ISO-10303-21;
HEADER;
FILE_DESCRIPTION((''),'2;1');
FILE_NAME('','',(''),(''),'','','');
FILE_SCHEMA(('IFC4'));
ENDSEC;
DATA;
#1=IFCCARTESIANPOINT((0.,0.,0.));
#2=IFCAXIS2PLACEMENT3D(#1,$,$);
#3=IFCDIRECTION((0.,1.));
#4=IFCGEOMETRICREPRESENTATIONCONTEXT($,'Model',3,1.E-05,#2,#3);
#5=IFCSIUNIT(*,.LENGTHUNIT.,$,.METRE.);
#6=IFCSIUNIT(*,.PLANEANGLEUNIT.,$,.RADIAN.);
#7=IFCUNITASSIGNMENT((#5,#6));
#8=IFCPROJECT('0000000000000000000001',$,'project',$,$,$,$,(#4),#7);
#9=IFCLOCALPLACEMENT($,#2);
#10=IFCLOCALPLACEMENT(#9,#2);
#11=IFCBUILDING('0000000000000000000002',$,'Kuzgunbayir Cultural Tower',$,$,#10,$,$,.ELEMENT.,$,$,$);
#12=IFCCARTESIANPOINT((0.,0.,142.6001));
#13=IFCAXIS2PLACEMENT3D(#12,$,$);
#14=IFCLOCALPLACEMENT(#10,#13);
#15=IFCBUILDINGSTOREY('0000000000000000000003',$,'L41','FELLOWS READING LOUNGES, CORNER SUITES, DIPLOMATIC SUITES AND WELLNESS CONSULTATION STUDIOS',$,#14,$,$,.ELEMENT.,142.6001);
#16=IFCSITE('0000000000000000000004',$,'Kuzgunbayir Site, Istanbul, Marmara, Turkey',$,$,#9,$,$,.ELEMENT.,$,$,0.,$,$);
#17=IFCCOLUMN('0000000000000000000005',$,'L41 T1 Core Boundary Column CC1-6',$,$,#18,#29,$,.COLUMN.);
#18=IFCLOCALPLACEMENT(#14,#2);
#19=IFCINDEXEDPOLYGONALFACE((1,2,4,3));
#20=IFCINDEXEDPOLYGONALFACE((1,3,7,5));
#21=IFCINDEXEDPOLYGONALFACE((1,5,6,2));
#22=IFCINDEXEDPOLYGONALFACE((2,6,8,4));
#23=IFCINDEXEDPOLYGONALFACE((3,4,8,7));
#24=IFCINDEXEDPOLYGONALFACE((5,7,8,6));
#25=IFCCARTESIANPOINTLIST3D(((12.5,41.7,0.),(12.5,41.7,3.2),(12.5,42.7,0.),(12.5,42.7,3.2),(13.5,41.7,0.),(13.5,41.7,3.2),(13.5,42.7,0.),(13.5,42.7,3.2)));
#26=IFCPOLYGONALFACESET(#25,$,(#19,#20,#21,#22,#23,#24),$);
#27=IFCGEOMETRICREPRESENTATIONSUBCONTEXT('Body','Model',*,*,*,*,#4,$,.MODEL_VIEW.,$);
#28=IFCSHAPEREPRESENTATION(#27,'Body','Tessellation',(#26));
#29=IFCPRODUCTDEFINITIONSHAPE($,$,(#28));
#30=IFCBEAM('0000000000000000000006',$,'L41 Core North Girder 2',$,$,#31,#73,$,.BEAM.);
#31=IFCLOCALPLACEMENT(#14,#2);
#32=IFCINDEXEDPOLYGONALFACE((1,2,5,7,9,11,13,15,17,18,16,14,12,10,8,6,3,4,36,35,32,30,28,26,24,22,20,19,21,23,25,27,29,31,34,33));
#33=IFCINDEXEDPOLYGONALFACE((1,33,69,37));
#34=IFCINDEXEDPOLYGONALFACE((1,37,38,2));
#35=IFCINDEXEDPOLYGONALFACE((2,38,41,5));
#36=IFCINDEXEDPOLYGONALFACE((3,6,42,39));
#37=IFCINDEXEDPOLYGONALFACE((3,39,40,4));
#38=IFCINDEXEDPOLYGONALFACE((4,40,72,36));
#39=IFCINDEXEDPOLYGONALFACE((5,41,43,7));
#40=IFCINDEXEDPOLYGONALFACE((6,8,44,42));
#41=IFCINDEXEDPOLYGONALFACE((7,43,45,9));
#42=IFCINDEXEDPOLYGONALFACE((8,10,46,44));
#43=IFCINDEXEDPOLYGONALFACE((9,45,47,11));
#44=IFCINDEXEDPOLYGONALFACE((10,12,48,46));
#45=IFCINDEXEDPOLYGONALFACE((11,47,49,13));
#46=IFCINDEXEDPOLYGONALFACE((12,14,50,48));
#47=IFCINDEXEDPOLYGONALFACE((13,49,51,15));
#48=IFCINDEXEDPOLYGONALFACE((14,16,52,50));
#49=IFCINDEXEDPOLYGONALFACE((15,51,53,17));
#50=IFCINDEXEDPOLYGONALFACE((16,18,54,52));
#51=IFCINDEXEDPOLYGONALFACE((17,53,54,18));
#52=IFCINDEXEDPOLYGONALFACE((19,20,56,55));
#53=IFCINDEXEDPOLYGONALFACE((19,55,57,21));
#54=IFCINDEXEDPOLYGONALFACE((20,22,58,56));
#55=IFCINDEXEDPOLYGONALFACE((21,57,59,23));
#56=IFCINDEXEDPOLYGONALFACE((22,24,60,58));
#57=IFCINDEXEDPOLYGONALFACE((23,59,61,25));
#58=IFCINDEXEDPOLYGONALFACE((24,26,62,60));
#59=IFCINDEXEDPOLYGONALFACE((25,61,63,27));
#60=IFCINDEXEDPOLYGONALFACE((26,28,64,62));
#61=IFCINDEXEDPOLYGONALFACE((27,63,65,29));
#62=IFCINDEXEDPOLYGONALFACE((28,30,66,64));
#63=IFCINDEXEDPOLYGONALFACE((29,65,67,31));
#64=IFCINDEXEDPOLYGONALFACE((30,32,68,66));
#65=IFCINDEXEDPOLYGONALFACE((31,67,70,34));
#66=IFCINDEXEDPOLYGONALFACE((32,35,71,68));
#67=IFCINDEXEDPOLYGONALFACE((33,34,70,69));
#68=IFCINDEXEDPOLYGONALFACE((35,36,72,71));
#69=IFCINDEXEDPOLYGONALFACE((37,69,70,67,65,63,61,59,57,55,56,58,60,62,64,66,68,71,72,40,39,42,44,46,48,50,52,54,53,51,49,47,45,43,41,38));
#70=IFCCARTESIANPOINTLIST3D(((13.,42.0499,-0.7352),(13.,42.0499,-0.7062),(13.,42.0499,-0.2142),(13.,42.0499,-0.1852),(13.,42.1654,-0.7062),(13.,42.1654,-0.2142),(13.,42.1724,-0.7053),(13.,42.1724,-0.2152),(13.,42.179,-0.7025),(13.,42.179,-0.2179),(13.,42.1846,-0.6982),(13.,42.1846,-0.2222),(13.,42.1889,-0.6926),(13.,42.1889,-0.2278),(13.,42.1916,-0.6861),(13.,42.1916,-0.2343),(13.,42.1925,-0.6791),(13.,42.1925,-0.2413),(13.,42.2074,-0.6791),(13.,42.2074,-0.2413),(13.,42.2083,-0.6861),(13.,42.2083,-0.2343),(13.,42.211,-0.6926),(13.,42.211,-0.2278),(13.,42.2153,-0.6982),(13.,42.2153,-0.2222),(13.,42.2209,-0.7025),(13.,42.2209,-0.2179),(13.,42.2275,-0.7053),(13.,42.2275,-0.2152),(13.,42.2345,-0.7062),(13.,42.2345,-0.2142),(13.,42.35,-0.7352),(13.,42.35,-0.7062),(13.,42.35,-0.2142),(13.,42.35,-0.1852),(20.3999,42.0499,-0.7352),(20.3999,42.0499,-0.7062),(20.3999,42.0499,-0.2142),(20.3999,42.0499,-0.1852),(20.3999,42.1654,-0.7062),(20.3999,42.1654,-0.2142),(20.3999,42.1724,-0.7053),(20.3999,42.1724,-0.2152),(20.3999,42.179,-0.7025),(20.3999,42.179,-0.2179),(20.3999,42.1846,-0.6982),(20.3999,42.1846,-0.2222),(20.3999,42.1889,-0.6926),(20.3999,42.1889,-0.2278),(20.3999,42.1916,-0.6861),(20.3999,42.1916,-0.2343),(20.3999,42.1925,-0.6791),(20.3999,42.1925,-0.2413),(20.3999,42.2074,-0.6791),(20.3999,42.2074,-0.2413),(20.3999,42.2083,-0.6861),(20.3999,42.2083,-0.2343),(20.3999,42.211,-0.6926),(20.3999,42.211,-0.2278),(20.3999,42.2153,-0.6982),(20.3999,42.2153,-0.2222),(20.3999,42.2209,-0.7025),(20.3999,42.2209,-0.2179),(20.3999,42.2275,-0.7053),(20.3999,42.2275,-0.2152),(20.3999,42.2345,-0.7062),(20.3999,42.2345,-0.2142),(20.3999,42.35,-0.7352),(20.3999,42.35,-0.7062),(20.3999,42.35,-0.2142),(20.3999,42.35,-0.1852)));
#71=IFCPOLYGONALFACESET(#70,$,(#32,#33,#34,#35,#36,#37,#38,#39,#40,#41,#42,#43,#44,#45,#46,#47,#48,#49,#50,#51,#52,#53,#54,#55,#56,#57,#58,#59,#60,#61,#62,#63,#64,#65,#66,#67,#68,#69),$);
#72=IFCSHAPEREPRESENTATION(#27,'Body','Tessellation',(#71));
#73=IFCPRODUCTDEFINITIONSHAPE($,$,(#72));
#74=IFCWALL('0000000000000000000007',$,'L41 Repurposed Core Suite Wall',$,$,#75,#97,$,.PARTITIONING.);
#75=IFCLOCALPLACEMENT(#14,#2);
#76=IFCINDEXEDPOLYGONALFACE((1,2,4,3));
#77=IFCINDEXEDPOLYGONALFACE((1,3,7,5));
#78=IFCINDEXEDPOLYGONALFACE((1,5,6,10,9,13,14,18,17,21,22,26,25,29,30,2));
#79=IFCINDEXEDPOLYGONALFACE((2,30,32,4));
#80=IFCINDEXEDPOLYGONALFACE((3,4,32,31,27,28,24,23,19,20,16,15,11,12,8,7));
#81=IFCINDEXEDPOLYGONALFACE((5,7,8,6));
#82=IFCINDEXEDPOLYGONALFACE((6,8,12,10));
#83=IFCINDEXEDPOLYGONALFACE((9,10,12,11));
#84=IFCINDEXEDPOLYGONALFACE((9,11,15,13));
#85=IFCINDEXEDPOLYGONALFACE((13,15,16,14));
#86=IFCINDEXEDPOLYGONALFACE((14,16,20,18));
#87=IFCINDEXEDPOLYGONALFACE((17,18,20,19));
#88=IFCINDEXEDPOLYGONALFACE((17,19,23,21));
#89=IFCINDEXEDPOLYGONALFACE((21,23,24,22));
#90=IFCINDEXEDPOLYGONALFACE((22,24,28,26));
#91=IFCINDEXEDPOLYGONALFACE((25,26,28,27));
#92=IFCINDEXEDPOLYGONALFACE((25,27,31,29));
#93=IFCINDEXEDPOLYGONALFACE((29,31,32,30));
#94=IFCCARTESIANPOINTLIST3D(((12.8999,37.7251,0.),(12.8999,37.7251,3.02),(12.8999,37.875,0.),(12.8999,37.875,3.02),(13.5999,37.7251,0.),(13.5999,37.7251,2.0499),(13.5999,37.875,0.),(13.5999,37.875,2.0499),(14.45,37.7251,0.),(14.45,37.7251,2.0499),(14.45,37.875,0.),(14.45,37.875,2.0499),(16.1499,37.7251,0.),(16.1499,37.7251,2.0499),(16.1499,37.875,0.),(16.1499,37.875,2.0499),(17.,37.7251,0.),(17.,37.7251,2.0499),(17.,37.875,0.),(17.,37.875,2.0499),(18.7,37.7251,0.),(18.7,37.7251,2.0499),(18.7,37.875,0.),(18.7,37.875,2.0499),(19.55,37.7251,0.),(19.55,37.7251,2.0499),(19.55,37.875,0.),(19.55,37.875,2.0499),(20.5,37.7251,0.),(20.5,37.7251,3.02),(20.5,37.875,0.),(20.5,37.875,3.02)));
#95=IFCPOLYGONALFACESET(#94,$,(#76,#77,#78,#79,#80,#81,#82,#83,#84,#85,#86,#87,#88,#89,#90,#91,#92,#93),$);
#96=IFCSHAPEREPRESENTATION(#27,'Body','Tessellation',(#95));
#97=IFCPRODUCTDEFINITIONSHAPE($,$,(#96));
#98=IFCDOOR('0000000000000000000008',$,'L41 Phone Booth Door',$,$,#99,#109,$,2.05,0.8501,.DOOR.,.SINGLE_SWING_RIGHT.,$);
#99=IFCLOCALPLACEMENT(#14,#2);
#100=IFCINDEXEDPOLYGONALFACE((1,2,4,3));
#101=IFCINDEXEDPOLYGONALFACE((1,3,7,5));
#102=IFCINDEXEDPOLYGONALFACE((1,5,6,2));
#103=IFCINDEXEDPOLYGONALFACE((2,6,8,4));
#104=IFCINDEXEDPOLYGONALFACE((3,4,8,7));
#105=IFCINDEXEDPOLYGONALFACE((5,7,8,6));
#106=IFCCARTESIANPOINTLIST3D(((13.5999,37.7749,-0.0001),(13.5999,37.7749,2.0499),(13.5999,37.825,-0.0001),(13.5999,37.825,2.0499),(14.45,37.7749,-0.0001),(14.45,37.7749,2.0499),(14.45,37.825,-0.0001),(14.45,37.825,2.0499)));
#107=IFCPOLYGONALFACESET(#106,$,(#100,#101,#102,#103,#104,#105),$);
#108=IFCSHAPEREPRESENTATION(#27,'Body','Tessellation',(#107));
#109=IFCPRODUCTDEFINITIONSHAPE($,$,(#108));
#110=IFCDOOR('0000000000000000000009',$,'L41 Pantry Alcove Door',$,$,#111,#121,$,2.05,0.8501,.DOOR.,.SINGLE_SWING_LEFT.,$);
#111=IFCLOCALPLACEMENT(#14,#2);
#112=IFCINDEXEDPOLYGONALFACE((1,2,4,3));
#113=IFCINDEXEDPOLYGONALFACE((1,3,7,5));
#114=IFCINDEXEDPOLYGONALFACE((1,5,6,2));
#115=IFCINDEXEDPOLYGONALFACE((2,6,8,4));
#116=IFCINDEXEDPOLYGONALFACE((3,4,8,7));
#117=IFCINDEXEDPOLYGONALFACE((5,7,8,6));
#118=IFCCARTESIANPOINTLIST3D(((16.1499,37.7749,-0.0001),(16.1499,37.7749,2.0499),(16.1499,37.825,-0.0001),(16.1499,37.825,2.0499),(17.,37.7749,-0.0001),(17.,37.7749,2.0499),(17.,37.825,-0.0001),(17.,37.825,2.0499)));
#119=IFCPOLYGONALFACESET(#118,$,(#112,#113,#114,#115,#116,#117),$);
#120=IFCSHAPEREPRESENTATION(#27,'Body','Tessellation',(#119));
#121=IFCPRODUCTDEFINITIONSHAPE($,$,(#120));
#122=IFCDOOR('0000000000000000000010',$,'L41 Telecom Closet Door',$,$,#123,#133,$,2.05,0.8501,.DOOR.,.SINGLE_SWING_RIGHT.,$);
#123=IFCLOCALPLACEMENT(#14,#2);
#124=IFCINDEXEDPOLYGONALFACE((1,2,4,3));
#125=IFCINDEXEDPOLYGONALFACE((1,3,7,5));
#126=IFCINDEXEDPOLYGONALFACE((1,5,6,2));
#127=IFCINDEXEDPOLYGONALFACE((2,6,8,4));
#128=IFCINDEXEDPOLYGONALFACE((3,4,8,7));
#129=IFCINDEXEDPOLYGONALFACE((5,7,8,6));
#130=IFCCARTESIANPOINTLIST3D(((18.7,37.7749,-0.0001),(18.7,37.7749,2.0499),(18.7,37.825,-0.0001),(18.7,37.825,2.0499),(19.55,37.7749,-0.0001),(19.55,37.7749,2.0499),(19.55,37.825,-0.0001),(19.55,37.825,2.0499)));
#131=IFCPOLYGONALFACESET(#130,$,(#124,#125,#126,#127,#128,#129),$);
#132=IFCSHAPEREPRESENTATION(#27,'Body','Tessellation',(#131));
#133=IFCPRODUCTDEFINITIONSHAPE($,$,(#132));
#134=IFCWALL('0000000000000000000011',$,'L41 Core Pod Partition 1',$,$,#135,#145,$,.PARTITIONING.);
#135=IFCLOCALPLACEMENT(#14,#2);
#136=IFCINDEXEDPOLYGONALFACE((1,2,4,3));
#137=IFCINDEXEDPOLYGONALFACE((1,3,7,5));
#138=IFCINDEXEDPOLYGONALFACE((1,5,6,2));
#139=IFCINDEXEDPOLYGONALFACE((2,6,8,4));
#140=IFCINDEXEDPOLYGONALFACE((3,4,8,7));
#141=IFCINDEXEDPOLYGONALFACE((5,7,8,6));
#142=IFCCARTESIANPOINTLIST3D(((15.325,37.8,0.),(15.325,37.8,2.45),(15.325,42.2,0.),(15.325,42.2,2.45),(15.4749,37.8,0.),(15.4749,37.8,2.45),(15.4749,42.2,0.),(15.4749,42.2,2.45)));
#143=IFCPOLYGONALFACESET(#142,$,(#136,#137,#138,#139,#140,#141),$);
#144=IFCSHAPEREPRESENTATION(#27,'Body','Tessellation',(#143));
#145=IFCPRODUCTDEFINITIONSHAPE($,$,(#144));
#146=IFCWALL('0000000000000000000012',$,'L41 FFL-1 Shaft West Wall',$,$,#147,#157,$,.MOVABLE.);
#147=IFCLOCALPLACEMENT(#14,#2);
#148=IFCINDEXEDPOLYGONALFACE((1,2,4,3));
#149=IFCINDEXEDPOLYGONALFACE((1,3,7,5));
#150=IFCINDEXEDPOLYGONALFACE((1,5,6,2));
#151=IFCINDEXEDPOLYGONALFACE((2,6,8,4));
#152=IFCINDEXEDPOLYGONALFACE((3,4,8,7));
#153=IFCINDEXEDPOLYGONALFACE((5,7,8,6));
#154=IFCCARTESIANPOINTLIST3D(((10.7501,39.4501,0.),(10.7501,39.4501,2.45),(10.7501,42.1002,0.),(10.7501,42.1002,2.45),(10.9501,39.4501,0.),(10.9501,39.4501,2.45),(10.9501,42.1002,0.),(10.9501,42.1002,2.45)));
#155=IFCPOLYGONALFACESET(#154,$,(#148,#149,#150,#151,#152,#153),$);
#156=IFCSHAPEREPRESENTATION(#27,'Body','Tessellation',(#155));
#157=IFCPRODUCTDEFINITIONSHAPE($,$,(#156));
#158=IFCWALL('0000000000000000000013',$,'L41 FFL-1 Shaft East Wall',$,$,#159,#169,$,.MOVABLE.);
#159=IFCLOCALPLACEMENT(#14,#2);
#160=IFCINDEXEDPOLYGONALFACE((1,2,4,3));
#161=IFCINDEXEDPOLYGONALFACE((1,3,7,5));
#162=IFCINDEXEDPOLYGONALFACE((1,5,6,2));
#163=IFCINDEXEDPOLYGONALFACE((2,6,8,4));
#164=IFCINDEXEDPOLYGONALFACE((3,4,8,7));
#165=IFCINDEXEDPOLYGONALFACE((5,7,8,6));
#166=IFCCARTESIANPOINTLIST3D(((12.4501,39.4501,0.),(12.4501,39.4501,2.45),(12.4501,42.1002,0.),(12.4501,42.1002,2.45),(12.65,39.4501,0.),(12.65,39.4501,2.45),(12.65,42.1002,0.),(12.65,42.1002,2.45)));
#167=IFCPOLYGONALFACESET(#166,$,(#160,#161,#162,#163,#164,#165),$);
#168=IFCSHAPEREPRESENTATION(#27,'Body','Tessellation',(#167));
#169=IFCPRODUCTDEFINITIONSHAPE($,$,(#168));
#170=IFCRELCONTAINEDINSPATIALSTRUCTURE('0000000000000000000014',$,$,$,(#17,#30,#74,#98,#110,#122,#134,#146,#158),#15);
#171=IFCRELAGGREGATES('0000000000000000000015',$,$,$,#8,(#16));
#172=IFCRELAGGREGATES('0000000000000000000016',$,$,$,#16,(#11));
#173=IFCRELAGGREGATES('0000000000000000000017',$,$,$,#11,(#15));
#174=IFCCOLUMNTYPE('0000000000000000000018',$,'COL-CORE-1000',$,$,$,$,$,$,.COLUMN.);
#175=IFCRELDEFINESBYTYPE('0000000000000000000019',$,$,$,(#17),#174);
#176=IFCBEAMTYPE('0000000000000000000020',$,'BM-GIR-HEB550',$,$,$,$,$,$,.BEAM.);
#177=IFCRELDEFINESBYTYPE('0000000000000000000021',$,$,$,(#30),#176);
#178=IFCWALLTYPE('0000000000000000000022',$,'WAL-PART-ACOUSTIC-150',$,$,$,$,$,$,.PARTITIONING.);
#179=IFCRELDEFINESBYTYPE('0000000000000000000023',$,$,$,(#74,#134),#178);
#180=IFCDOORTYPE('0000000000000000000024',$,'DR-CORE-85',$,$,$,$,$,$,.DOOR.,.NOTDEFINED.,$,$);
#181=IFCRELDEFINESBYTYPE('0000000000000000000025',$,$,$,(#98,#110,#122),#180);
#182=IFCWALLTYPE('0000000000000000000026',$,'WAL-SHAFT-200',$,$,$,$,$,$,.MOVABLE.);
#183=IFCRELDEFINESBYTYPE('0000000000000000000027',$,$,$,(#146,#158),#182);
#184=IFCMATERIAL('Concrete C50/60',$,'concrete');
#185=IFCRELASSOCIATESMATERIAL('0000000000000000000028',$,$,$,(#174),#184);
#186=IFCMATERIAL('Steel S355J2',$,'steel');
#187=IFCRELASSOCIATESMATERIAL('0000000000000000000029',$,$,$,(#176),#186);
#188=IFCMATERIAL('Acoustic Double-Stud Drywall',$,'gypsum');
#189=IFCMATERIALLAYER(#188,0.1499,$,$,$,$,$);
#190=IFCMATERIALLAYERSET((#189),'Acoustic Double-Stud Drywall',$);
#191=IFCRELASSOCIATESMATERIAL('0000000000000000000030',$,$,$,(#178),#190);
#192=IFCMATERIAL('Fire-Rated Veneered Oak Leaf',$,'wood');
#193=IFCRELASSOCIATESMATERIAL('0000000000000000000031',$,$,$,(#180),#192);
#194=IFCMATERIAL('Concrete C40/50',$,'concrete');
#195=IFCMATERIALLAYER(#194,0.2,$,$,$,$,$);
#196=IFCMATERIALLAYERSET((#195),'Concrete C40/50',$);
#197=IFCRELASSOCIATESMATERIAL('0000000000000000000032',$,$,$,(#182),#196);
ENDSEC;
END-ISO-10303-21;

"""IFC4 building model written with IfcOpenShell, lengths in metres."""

from ifc_helpers import new_model, si_unit, direction, frame, frame_2d, origin, origin_2d, place, context, subcontext, project, spatial, rectangle, i_section, extrude, material, layer, layer_set, material_profile, profile_set, type_object, element, fill, save


model = new_model("IFC4")

# Units and contexts
model_context = context("Model", 3, precision=1e-05, world=origin(), true_north=direction((0.0, 1.0)))
body_context = subcontext(model_context, "Body", "Model", "MODEL_VIEW")
ifc_project = project(units=[si_unit("LENGTHUNIT", "METRE"), si_unit("PLANEANGLEUNIT", "RADIAN")], contexts=[model_context])

# Site, building, storey
site_placement = place(None, origin())
site = spatial("IfcSite", under=ifc_project, at=site_placement, Name="Kuzgunbayir Site, Istanbul, Marmara, Turkey", CompositionType="ELEMENT", RefElevation=0.0)
building_placement = place(site_placement, origin())
building = spatial("IfcBuilding", under=site, at=building_placement, Name="Kuzgunbayir Cultural Tower", CompositionType="ELEMENT")
storey_placement = place(building_placement, frame((0.0, 0.0, 142.6001)))
storey = spatial("IfcBuildingStorey", under=building, at=storey_placement, Name="L41", Description="FELLOWS READING LOUNGES, CORNER SUITES, DIPLOMATIC SUITES AND WELLNESS CONSULTATION STUDIOS", CompositionType="ELEMENT", Elevation=142.6001)

# Column
ifc_material_1 = material(Name="Concrete C50/60", Category="concrete")
ifc_material_profile_1 = material_profile(ifc_material_1, rectangle(XDim=1.0, YDim=1.0, at=origin_2d()), Name="RC 1000x1000")
ifc_profile_set_1 = profile_set([ifc_material_profile_1], Name="Concrete C50/60")
column_type = type_object("IfcColumnType", Name="COL-CORE-1000", PredefinedType="COLUMN", material=ifc_profile_set_1)
column_placement = place(storey_placement, frame((13.0, 42.2, 0.0), z_axis=(0.0, 0.0, 1.0), x_axis=(1.0, 0.0, 0.0)))
element("IfcColumn", 1, at=column_placement, inside=storey, type_object=column_type, Name="L41 T1 Core Boundary Column CC1-6", PredefinedType="COLUMN", context=body_context, shape_type="SweptSolid", body=[
    extrude(rectangle(XDim=1.0, YDim=1.0, at=origin_2d()), origin(), (0.0, 0.0, 1.0), 3.2),
])

# Beam
ifc_material_2 = material(Name="Steel S355J2", Category="steel")
ifc_material_profile_2 = material_profile(ifc_material_2, i_section(OverallWidth=0.3, OverallDepth=0.55, WebThickness=0.0149, FlangeThickness=0.0291, FilletRadius=0.0271, at=origin_2d()), Name="HEB 550")
ifc_profile_set_2 = profile_set([ifc_material_profile_2], Name="Steel S355J2")
beam_type = type_object("IfcBeamType", Name="BM-GIR-HEB550", PredefinedType="BEAM", material=ifc_profile_set_2)
beam_placement = place(storey_placement, frame((13.0, 42.2, -0.4602), z_axis=(1.0, 0.0, 0.0), x_axis=(0.0, 1.0, 0.0)))
element("IfcBeam", 2, at=beam_placement, inside=storey, type_object=beam_type, Name="L41 Core North Girder 2", PredefinedType="BEAM", context=body_context, shape_type="SweptSolid", body=[
    extrude(i_section(OverallWidth=0.3, OverallDepth=0.55, WebThickness=0.0149, FlangeThickness=0.0291, FilletRadius=0.0271, at=origin_2d()), origin(), (0.0, 0.0, 1.0), 7.3999),
])

# Wall, openings, doors
ifc_material_3 = material(Name="Acoustic Double-Stud Drywall", Category="gypsum")
ifc_layer_1 = layer(ifc_material_3, 0.1499)
ifc_layer_set_1 = layer_set([ifc_layer_1], Name="Acoustic Double-Stud Drywall")
wall_type_1 = type_object("IfcWallType", Name="WAL-PART-ACOUSTIC-150", PredefinedType="PARTITIONING", material=ifc_layer_set_1)
wall_1_placement = place(storey_placement, frame((12.8999, 37.8, 0.0), z_axis=(0.0, 0.0, 1.0), x_axis=(1.0, 0.0, 0.0)))
wall_1 = element("IfcWall", 3, at=wall_1_placement, inside=storey, type_object=wall_type_1, Name="L41 Repurposed Core Suite Wall", PredefinedType="PARTITIONING", context=body_context, shape_type="SweptSolid", body=[
    extrude(rectangle(XDim=7.6001, YDim=0.1499, at=frame_2d((3.8, 0.0))), origin(), (0.0, 0.0, 1.0), 3.02),
])
opening_1_placement = place(wall_1_placement, frame((0.7, 0.0, 0.0)))
opening_1 = element("IfcOpeningElement", 4, at=opening_1_placement, cuts=wall_1, PredefinedType="OPENING", context=body_context, shape_type="SweptSolid", body=[
    extrude(rectangle(XDim=0.8501, YDim=2.05, at=frame_2d((0.425, 1.0249))), frame((0.0, 0.085, 0.0), z_axis=(0.0, -1.0, 0.0), x_axis=(1.0, 0.0, 0.0)), (0.0, 0.0, 1.0), 0.1699),
])
opening_2_placement = place(wall_1_placement, frame((3.25, 0.0, 0.0)))
opening_2 = element("IfcOpeningElement", 5, at=opening_2_placement, cuts=wall_1, PredefinedType="OPENING", context=body_context, shape_type="SweptSolid", body=[
    extrude(rectangle(XDim=0.8501, YDim=2.05, at=frame_2d((0.425, 1.0249))), frame((0.0, 0.085, 0.0), z_axis=(0.0, -1.0, 0.0), x_axis=(1.0, 0.0, 0.0)), (0.0, 0.0, 1.0), 0.1699),
])
opening_3_placement = place(wall_1_placement, frame((5.8, 0.0, 0.0)))
opening_3 = element("IfcOpeningElement", 6, at=opening_3_placement, cuts=wall_1, PredefinedType="OPENING", context=body_context, shape_type="SweptSolid", body=[
    extrude(rectangle(XDim=0.8501, YDim=2.05, at=frame_2d((0.425, 1.0249))), frame((0.0, 0.085, 0.0), z_axis=(0.0, -1.0, 0.0), x_axis=(1.0, 0.0, 0.0)), (0.0, 0.0, 1.0), 0.1699),
])
ifc_material_4 = material(Name="Fire-Rated Veneered Oak Leaf", Category="wood")
door_type_1 = type_object("IfcDoorType", Name="DR-CORE-85", OperationType="NOTDEFINED", PredefinedType="DOOR", material=ifc_material_4)
door_1_placement = place(opening_1_placement, origin())
door_1 = element("IfcDoor", 7, at=door_1_placement, inside=storey, type_object=door_type_1, Name="L41 Phone Booth Door", OperationType="SINGLE_SWING_RIGHT", OverallHeight=2.05, OverallWidth=0.8501, PredefinedType="DOOR", context=body_context, shape_type="SweptSolid", body=[
    extrude(rectangle(XDim=0.8501, YDim=2.05, at=frame_2d((0.425, 1.0249))), frame((0.0, 0.0249, 0.0), z_axis=(0.0, -1.0, 0.0), x_axis=(1.0, 0.0, 0.0)), (0.0, 0.0, 1.0), 0.05),
])
fill(opening_1, door_1)
door_2_placement = place(opening_2_placement, origin())
door_2 = element("IfcDoor", 8, at=door_2_placement, inside=storey, type_object=door_type_1, Name="L41 Pantry Alcove Door", OperationType="SINGLE_SWING_LEFT", OverallHeight=2.05, OverallWidth=0.8501, PredefinedType="DOOR", context=body_context, shape_type="SweptSolid", body=[
    extrude(rectangle(XDim=0.8501, YDim=2.05, at=frame_2d((0.425, 1.0249))), frame((0.0, 0.0249, 0.0), z_axis=(0.0, -1.0, 0.0), x_axis=(1.0, 0.0, 0.0)), (0.0, 0.0, 1.0), 0.05),
])
fill(opening_2, door_2)
door_3_placement = place(opening_3_placement, origin())
door_3 = element("IfcDoor", 9, at=door_3_placement, inside=storey, type_object=door_type_1, Name="L41 Telecom Closet Door", OperationType="SINGLE_SWING_RIGHT", OverallHeight=2.05, OverallWidth=0.8501, PredefinedType="DOOR", context=body_context, shape_type="SweptSolid", body=[
    extrude(rectangle(XDim=0.8501, YDim=2.05, at=frame_2d((0.425, 1.0249))), frame((0.0, 0.0249, 0.0), z_axis=(0.0, -1.0, 0.0), x_axis=(1.0, 0.0, 0.0)), (0.0, 0.0, 1.0), 0.05),
])
fill(opening_3, door_3)

# Wall
wall_2_placement = place(storey_placement, frame((15.3999, 37.8, 0.0), z_axis=(0.0, 0.0, 1.0), x_axis=(0.0, 1.0, 0.0)))
element("IfcWall", 10, at=wall_2_placement, inside=storey, type_object=wall_type_1, Name="L41 Core Pod Partition 1", PredefinedType="PARTITIONING", context=body_context, shape_type="SweptSolid", body=[
    extrude(rectangle(XDim=4.3999, YDim=0.1499, at=frame_2d((2.2, 0.0))), origin(), (0.0, 0.0, 1.0), 2.45),
])

# Shared definitions
ifc_material_5 = material(Name="Concrete C40/50", Category="concrete")
ifc_layer_2 = layer(ifc_material_5, 0.2)
ifc_layer_set_2 = layer_set([ifc_layer_2], Name="Concrete C40/50")
wall_type_2 = type_object("IfcWallType", Name="WAL-SHAFT-200", PredefinedType="MOVABLE", material=ifc_layer_set_2)

# Walls
for number, where, z_axis, x_axis, name in (
    (11, (10.8501, 39.45, 0.0), (0.0, 0.0, 1.0), (0.0, 1.0, 0.0), "L41 FFL-1 Shaft West Wall"),
    (12, (12.55, 39.45, 0.0), (0.0, 0.0, 1.0), (0.0, 1.0, 0.0), "L41 FFL-1 Shaft East Wall"),
):
    element("IfcWall", number, at=place(storey_placement, frame(where, z_axis=z_axis, x_axis=x_axis)), inside=storey, type_object=wall_type_2, Name=name, PredefinedType="MOVABLE", context=body_context, shape_type="SweptSolid", body=[
        extrude(rectangle(XDim=2.6501, YDim=0.2, at=frame_2d((1.3252, 0.0))), origin(), (0.0, 0.0, 1.0), 2.45),
    ])

save(model, "model.ifc")
